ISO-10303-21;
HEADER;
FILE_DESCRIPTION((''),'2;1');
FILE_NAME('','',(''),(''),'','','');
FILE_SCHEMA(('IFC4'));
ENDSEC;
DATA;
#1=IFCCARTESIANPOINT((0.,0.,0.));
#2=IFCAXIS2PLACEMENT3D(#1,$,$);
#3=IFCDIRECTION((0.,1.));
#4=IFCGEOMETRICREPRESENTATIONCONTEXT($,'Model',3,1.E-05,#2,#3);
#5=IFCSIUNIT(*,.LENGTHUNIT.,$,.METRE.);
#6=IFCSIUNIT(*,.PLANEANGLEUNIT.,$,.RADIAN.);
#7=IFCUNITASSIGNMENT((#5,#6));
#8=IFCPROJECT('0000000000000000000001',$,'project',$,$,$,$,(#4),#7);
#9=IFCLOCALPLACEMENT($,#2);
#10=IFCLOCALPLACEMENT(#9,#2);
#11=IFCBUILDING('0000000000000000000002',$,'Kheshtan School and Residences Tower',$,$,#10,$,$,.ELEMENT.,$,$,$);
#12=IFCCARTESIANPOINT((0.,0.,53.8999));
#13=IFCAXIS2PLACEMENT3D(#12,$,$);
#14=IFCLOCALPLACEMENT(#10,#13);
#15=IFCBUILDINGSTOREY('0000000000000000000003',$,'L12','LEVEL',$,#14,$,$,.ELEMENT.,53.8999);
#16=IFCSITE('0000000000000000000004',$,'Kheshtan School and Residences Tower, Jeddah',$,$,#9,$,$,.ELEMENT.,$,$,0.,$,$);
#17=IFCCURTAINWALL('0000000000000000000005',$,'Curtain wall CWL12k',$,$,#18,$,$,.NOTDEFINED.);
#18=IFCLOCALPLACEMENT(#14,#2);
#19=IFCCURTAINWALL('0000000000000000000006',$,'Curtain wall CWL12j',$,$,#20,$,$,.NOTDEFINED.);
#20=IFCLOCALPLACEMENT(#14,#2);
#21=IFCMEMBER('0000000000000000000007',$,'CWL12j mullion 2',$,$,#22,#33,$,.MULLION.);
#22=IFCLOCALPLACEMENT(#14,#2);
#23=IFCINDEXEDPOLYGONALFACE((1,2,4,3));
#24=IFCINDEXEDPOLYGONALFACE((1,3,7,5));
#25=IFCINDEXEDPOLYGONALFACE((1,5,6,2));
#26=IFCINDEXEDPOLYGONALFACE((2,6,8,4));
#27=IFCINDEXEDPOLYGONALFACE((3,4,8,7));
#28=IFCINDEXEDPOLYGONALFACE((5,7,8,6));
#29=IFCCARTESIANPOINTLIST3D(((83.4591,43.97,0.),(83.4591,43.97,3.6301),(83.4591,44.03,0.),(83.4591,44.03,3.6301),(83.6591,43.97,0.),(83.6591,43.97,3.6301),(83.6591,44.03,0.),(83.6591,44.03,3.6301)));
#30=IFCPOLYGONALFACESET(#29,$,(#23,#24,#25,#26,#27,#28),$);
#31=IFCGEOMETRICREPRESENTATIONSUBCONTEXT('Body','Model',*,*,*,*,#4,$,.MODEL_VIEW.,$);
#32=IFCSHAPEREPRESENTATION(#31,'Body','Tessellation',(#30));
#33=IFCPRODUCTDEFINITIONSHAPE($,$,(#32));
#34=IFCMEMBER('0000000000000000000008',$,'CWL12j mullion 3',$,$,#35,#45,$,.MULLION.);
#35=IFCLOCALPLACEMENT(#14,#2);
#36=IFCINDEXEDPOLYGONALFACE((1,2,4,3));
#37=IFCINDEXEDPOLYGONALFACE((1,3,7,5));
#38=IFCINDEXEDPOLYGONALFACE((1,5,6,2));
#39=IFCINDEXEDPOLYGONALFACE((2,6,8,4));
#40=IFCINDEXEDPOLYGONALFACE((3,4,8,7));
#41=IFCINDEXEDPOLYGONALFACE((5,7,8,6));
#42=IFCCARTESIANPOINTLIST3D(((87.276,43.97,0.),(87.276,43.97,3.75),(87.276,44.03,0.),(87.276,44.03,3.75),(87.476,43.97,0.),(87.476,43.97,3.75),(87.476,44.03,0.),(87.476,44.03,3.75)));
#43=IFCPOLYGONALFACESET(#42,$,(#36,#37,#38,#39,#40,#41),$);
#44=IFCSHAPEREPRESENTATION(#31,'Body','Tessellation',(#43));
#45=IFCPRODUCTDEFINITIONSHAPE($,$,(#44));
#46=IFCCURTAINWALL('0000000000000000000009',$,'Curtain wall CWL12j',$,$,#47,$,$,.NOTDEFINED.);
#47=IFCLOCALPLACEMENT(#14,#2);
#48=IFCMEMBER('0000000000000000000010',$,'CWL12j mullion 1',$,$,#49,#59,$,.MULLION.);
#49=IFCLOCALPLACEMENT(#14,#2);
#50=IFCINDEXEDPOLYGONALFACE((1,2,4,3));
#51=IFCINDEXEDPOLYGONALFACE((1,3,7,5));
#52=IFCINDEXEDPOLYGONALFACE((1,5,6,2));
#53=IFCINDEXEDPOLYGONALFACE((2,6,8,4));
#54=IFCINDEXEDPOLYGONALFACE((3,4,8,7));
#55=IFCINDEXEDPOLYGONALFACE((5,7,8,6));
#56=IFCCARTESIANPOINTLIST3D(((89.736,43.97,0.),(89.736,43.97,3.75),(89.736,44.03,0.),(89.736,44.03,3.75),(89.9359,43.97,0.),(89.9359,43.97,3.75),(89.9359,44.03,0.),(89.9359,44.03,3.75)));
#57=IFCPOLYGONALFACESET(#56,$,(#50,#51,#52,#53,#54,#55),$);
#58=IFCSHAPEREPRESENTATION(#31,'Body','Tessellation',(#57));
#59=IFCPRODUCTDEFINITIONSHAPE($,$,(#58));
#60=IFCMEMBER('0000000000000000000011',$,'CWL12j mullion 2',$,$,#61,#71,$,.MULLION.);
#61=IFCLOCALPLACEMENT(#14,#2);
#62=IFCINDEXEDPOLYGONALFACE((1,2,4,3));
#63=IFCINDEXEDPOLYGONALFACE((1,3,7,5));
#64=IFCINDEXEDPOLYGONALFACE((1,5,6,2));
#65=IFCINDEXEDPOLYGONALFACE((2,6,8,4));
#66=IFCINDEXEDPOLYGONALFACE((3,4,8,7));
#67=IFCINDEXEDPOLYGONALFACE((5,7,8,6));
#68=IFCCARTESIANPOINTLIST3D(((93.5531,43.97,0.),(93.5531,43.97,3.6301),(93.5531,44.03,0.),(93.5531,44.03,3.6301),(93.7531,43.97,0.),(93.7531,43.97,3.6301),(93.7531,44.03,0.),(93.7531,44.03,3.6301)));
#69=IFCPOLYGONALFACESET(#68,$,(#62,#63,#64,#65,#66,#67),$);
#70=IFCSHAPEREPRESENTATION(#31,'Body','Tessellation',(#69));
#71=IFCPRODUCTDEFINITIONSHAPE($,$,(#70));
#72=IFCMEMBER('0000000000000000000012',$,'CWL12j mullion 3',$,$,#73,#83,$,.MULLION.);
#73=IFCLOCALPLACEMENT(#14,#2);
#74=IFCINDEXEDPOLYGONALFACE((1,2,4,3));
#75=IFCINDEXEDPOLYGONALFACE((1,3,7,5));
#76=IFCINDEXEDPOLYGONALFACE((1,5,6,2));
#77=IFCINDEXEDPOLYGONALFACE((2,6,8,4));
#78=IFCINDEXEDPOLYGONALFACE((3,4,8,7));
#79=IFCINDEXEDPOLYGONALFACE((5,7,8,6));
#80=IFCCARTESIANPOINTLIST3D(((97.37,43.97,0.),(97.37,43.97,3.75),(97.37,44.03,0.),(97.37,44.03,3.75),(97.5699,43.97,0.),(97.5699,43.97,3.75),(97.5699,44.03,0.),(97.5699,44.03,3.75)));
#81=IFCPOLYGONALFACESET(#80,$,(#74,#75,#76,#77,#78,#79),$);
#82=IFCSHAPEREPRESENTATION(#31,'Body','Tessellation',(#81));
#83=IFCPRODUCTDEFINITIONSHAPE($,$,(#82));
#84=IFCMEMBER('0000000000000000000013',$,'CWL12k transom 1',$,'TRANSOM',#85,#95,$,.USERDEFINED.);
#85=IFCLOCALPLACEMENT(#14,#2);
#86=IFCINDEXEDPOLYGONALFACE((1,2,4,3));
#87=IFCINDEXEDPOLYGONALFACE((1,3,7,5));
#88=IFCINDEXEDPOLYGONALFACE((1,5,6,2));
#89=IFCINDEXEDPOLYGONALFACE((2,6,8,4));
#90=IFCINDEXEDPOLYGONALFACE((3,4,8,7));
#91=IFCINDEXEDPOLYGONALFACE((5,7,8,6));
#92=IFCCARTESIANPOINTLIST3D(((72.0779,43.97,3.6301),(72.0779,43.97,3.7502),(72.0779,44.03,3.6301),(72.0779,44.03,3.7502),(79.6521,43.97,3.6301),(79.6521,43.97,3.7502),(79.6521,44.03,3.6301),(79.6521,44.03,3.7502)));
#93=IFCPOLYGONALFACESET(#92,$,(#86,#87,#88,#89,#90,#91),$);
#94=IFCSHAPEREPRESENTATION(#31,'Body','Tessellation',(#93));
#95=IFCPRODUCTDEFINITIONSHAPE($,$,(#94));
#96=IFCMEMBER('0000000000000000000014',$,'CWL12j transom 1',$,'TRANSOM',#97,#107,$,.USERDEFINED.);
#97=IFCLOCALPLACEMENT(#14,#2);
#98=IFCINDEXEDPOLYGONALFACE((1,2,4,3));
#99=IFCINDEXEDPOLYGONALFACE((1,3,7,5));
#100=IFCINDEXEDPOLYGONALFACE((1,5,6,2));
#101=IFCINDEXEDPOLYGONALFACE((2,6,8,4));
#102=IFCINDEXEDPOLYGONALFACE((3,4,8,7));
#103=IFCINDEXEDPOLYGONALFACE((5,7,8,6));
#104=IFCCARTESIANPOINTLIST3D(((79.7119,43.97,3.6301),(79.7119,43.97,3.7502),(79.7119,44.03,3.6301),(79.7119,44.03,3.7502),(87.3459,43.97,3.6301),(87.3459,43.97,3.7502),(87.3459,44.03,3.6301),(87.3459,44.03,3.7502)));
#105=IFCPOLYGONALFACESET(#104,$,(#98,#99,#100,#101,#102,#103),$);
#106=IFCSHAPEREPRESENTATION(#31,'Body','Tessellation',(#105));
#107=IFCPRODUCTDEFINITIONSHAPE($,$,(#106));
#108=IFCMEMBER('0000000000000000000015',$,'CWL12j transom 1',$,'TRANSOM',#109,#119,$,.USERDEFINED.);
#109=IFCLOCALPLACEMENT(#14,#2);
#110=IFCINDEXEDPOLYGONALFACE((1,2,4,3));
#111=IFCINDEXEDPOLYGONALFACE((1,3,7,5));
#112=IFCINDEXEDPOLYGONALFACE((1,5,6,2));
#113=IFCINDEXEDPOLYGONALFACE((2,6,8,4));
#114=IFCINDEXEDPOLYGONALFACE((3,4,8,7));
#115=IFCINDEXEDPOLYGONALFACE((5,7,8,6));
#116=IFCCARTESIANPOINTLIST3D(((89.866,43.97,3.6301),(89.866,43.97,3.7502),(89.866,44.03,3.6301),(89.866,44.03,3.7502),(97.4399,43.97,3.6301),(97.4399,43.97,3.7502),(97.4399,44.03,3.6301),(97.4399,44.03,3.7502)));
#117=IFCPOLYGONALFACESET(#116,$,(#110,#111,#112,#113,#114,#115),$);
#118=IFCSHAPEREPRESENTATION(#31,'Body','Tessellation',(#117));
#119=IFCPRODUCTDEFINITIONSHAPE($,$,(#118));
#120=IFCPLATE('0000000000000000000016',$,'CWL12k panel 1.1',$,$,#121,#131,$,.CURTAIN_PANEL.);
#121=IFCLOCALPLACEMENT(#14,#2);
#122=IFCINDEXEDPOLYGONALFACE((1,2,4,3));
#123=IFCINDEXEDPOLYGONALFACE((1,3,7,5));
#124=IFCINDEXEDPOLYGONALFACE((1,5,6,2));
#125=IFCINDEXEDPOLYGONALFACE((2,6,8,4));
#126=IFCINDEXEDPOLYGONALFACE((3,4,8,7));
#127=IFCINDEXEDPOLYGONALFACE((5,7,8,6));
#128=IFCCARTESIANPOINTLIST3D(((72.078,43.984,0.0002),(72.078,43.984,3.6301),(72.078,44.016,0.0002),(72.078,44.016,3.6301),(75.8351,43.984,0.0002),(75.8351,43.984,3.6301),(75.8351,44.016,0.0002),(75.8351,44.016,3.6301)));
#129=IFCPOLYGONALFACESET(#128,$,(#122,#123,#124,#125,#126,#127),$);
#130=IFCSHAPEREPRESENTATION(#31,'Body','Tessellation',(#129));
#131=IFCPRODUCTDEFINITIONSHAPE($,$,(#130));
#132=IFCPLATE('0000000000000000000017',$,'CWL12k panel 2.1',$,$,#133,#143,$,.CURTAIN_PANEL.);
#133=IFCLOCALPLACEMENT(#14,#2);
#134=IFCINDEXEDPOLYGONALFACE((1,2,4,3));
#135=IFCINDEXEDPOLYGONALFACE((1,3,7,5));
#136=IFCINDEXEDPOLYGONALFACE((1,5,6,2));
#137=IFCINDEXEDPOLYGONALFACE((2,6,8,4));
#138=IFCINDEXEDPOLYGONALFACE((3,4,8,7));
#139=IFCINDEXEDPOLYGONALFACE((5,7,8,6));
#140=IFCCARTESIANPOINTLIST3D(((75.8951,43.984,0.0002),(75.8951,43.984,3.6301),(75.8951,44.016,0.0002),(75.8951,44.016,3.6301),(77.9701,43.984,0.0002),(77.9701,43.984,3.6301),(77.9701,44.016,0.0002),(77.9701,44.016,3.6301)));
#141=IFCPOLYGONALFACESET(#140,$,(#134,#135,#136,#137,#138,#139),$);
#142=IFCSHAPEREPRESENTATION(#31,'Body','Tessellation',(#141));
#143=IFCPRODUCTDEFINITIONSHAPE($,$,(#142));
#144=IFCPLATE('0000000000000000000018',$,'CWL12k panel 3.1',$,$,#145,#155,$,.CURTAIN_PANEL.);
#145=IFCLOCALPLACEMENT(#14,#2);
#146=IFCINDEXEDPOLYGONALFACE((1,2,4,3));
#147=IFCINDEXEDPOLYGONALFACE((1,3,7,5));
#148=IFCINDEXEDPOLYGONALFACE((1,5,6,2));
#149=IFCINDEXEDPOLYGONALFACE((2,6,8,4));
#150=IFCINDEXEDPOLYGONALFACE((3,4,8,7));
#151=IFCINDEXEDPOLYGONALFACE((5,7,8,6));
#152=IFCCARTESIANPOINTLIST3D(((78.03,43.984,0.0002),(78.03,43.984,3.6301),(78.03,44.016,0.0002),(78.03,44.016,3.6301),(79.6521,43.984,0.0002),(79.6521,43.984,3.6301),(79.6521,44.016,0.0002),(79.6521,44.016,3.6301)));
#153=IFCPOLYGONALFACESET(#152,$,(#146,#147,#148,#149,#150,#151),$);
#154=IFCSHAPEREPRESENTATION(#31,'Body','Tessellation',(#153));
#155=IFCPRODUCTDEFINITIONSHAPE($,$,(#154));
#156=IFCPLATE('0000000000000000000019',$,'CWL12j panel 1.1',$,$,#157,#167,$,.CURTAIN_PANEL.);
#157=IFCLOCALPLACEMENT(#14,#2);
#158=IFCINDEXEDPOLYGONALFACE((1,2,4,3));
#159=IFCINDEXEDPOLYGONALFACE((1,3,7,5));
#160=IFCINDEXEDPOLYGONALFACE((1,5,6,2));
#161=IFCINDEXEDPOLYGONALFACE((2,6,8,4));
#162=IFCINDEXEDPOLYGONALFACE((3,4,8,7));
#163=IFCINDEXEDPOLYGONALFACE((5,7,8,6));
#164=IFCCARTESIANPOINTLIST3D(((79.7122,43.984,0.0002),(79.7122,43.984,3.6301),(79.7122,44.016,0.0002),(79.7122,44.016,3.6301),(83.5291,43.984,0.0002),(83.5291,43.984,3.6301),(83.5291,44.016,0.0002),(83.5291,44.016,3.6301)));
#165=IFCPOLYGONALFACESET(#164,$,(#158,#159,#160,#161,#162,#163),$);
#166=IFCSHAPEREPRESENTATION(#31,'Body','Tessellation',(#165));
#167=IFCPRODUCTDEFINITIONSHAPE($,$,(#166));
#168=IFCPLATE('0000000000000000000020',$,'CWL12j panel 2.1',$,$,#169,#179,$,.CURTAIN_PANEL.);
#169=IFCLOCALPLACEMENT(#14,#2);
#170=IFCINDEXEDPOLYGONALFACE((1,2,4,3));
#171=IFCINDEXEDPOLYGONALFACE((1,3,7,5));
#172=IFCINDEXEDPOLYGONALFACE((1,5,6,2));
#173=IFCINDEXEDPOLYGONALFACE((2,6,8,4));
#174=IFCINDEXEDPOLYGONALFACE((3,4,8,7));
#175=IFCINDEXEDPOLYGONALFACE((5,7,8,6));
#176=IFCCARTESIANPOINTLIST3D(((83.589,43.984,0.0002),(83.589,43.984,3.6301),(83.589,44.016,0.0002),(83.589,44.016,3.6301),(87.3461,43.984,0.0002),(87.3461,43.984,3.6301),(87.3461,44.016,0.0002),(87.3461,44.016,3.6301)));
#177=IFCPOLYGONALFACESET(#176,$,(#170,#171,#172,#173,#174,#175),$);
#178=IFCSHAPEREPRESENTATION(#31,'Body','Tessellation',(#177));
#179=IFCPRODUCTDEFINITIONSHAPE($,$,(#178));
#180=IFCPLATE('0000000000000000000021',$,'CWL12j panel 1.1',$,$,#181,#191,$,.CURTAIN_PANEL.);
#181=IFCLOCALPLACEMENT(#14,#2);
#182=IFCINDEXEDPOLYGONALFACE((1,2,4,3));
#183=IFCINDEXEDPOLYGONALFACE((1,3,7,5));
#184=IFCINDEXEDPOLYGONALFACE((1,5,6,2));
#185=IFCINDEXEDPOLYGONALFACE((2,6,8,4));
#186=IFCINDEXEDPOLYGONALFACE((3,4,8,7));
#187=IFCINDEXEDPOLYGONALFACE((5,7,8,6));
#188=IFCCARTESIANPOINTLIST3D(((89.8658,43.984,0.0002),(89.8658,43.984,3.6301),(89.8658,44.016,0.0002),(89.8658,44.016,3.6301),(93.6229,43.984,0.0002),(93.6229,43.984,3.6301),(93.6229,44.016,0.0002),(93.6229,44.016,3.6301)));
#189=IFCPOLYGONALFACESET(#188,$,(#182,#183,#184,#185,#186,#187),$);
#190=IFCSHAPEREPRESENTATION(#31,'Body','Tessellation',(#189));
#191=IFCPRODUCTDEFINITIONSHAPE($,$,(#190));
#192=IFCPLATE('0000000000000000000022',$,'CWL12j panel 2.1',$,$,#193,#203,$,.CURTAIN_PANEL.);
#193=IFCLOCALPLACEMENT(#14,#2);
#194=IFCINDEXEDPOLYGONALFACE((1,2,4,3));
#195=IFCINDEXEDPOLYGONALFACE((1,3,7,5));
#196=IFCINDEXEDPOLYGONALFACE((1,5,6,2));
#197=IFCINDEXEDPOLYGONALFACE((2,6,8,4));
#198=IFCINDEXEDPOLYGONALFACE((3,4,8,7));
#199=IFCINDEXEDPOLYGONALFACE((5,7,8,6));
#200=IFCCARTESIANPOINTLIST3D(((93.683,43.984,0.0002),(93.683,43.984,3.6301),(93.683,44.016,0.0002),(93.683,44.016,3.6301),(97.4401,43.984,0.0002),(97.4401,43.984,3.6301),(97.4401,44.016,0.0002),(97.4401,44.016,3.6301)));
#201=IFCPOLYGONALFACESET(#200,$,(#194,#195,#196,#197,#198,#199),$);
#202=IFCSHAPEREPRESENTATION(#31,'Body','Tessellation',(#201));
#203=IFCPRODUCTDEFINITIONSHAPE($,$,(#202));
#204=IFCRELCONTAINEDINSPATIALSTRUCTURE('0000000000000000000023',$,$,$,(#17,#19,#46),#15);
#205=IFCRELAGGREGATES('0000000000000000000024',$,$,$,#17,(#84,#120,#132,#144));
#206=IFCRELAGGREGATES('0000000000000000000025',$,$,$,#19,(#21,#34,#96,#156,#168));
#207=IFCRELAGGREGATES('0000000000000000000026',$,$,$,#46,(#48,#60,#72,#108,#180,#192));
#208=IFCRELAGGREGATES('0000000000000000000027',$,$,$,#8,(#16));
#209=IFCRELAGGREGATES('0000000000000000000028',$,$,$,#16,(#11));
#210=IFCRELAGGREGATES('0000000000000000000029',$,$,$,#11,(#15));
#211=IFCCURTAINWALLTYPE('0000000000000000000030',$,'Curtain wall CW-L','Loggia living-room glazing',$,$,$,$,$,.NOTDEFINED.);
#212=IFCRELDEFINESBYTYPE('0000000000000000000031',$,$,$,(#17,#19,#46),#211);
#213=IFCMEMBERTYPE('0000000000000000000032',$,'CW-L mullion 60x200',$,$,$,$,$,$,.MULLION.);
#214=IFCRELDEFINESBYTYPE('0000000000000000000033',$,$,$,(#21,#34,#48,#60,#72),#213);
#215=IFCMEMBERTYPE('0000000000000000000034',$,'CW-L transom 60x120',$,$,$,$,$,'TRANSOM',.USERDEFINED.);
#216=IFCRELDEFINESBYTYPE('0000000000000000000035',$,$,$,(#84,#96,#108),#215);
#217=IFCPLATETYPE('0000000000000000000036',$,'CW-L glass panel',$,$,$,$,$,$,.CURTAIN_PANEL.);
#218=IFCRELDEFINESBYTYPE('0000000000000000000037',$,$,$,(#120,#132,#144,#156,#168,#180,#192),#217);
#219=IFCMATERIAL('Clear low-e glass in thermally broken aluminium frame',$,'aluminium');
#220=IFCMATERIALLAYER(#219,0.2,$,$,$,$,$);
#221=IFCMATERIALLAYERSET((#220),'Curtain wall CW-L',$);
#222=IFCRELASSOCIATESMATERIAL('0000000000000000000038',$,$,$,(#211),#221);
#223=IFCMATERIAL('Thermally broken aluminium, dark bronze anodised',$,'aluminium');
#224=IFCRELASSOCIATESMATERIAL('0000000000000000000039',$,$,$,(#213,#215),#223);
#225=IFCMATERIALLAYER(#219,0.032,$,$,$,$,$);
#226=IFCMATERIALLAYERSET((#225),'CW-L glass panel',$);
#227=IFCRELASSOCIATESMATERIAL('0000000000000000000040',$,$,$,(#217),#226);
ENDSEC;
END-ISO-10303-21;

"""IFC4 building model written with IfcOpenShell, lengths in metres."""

from ifc_helpers import new_model, si_unit, direction, frame, origin, origin_2d, place, context, subcontext, project, spatial, rectangle, extrude, material, layer, layer_set, material_profile, profile_set, type_object, element, aggregate, save


model = new_model("IFC4")

# Units and contexts
model_context = context("Model", 3, precision=1e-05, world=origin(), true_north=direction((0.0, 1.0)))
body_context = subcontext(model_context, "Body", "Model", "MODEL_VIEW")
ifc_project = project(units=[si_unit("LENGTHUNIT", "METRE"), si_unit("PLANEANGLEUNIT", "RADIAN")], contexts=[model_context])

# Site, building, storey
site_placement = place(None, origin())
site = spatial("IfcSite", under=ifc_project, at=site_placement, Name="Kheshtan School and Residences Tower, Jeddah", CompositionType="ELEMENT", RefElevation=0.0)
building_placement = place(site_placement, origin())
building = spatial("IfcBuilding", under=site, at=building_placement, Name="Kheshtan School and Residences Tower", CompositionType="ELEMENT")
storey_placement = place(building_placement, frame((0.0, 0.0, 53.8999)))
storey = spatial("IfcBuildingStorey", under=building, at=storey_placement, Name="L12", Description="LEVEL", CompositionType="ELEMENT", Elevation=53.8999)

# Curtain walls, members
ifc_material_1 = material(Name="Clear low-e glass in thermally broken aluminium frame", Category="aluminium")
ifc_layer_1 = layer(ifc_material_1, 0.2)
ifc_layer_set_1 = layer_set([ifc_layer_1], Name="Curtain wall CW-L")
curtain_wall_type = type_object("IfcCurtainWallType", Name="Curtain wall CW-L", Description="Loggia living-room glazing", PredefinedType="NOTDEFINED", material=ifc_layer_set_1)
curtain_wall_1_placement = place(storey_placement, origin())
curtain_wall_1 = element("IfcCurtainWall", 1, at=curtain_wall_1_placement, inside=storey, type_object=curtain_wall_type, Name="Curtain wall CWL12k", PredefinedType="NOTDEFINED")
ifc_material_2 = material(Name="Thermally broken aluminium, dark bronze anodised", Category="aluminium")
ifc_material_profile_1 = material_profile(ifc_material_2, rectangle(XDim=0.0601, YDim=0.2, at=origin_2d()), Name="CW-L mullion 60x200")
ifc_profile_set_1 = profile_set([ifc_material_profile_1], Name="Thermally broken aluminium, dark bronze anodised")
member_type_1 = type_object("IfcMemberType", Name="CW-L mullion 60x200", PredefinedType="MULLION", material=ifc_profile_set_1)
curtain_wall_2_placement = place(storey_placement, origin())
curtain_wall_2 = element("IfcCurtainWall", 2, at=curtain_wall_2_placement, inside=storey, type_object=curtain_wall_type, Name="Curtain wall CWL12j", PredefinedType="NOTDEFINED")
member_1_placement = place(storey_placement, frame((83.5591, 44.0, 0.0), z_axis=(0.0, 0.0, 1.0), x_axis=(0.0, 1.0, 0.0)))
member_1 = element("IfcMember", 3, at=member_1_placement, type_object=member_type_1, Name="CWL12j mullion 2", PredefinedType="MULLION", context=body_context, shape_type="SweptSolid", body=[
    extrude(rectangle(XDim=0.0601, YDim=0.2, at=origin_2d()), origin(), (0.0, 0.0, 1.0), 3.6301),
])
member_2_placement = place(storey_placement, frame((87.376, 44.0, 0.0), z_axis=(0.0, 0.0, 1.0), x_axis=(0.0, 1.0, 0.0)))
member_2 = element("IfcMember", 4, at=member_2_placement, type_object=member_type_1, Name="CWL12j mullion 3", PredefinedType="MULLION", context=body_context, shape_type="SweptSolid", body=[
    extrude(rectangle(XDim=0.0601, YDim=0.2, at=origin_2d()), origin(), (0.0, 0.0, 1.0), 3.75),
])
curtain_wall_3_placement = place(storey_placement, origin())
curtain_wall_3 = element("IfcCurtainWall", 5, at=curtain_wall_3_placement, inside=storey, type_object=curtain_wall_type, Name="Curtain wall CWL12j", PredefinedType="NOTDEFINED")
member_3_placement = place(storey_placement, frame((89.8359, 44.0, 0.0), z_axis=(0.0, 0.0, 1.0), x_axis=(0.0, 1.0, 0.0)))
member_3 = element("IfcMember", 6, at=member_3_placement, type_object=member_type_1, Name="CWL12j mullion 1", PredefinedType="MULLION", context=body_context, shape_type="SweptSolid", body=[
    extrude(rectangle(XDim=0.0601, YDim=0.2, at=origin_2d()), origin(), (0.0, 0.0, 1.0), 3.75),
])
member_4_placement = place(storey_placement, frame((93.6531, 44.0, 0.0), z_axis=(0.0, 0.0, 1.0), x_axis=(0.0, 1.0, 0.0)))
member_4 = element("IfcMember", 7, at=member_4_placement, type_object=member_type_1, Name="CWL12j mullion 2", PredefinedType="MULLION", context=body_context, shape_type="SweptSolid", body=[
    extrude(rectangle(XDim=0.0601, YDim=0.2, at=origin_2d()), origin(), (0.0, 0.0, 1.0), 3.6301),
])
member_5_placement = place(storey_placement, frame((97.47, 44.0, 0.0), z_axis=(0.0, 0.0, 1.0), x_axis=(0.0, 1.0, 0.0)))
member_5 = element("IfcMember", 8, at=member_5_placement, type_object=member_type_1, Name="CWL12j mullion 3", PredefinedType="MULLION", context=body_context, shape_type="SweptSolid", body=[
    extrude(rectangle(XDim=0.0601, YDim=0.2, at=origin_2d()), origin(), (0.0, 0.0, 1.0), 3.75),
])

# Members
ifc_material_profile_2 = material_profile(ifc_material_2, rectangle(XDim=0.0601, YDim=0.1201, at=origin_2d()), Name="CW-L transom 60x120")
ifc_profile_set_2 = profile_set([ifc_material_profile_2], Name="Thermally broken aluminium, dark bronze anodised")
member_type_2 = type_object("IfcMemberType", Name="CW-L transom 60x120", ElementType="TRANSOM", PredefinedType="USERDEFINED", material=ifc_profile_set_2)
member_6_placement = place(storey_placement, frame((72.0779, 44.0, 3.6902), z_axis=(1.0, 0.0, 0.0), x_axis=(0.0, 1.0, 0.0)))
member_6 = element("IfcMember", 9, at=member_6_placement, type_object=member_type_2, Name="CWL12k transom 1", ObjectType="TRANSOM", PredefinedType="USERDEFINED", context=body_context, shape_type="SweptSolid", body=[
    extrude(rectangle(XDim=0.0601, YDim=0.1201, at=origin_2d()), origin(), (0.0, 0.0, 1.0), 7.5742),
])
member_7_placement = place(storey_placement, frame((79.7119, 44.0, 3.6902), z_axis=(1.0, 0.0, 0.0), x_axis=(0.0, 1.0, 0.0)))
member_7 = element("IfcMember", 10, at=member_7_placement, type_object=member_type_2, Name="CWL12j transom 1", ObjectType="TRANSOM", PredefinedType="USERDEFINED", context=body_context, shape_type="SweptSolid", body=[
    extrude(rectangle(XDim=0.0601, YDim=0.1201, at=origin_2d()), origin(), (0.0, 0.0, 1.0), 7.634),
])
member_8_placement = place(storey_placement, frame((89.866, 44.0, 3.6902), z_axis=(1.0, 0.0, 0.0), x_axis=(0.0, 1.0, 0.0)))
member_8 = element("IfcMember", 11, at=member_8_placement, type_object=member_type_2, Name="CWL12j transom 1", ObjectType="TRANSOM", PredefinedType="USERDEFINED", context=body_context, shape_type="SweptSolid", body=[
    extrude(rectangle(XDim=0.0601, YDim=0.1201, at=origin_2d()), origin(), (0.0, 0.0, 1.0), 7.574),
])

# Plates
ifc_layer_2 = layer(ifc_material_1, 0.032)
ifc_layer_set_2 = layer_set([ifc_layer_2], Name="CW-L glass panel")
plate_type = type_object("IfcPlateType", Name="CW-L glass panel", PredefinedType="CURTAIN_PANEL", material=ifc_layer_set_2)
plate_1_placement = place(storey_placement, frame((73.9565, 44.0, 0.0002), z_axis=(0.0, 0.0, 1.0), x_axis=(1.0, 0.0, 0.0)))
plate_1 = element("IfcPlate", 12, at=plate_1_placement, type_object=plate_type, Name="CWL12k panel 1.1", PredefinedType="CURTAIN_PANEL", context=body_context, shape_type="SweptSolid", body=[
    extrude(rectangle(XDim=3.7571, YDim=0.032, at=origin_2d()), origin(), (0.0, 0.0, 1.0), 3.6299),
])
plate_2_placement = place(storey_placement, frame((76.9326, 44.0, 0.0002), z_axis=(0.0, 0.0, 1.0), x_axis=(1.0, 0.0, 0.0)))
plate_2 = element("IfcPlate", 13, at=plate_2_placement, type_object=plate_type, Name="CWL12k panel 2.1", PredefinedType="CURTAIN_PANEL", context=body_context, shape_type="SweptSolid", body=[
    extrude(rectangle(XDim=2.075, YDim=0.032, at=origin_2d()), origin(), (0.0, 0.0, 1.0), 3.6299),
])
plate_3_placement = place(storey_placement, frame((78.8411, 44.0, 0.0002), z_axis=(0.0, 0.0, 1.0), x_axis=(1.0, 0.0, 0.0)))
plate_3 = element("IfcPlate", 14, at=plate_3_placement, type_object=plate_type, Name="CWL12k panel 3.1", PredefinedType="CURTAIN_PANEL", context=body_context, shape_type="SweptSolid", body=[
    extrude(rectangle(XDim=1.6221, YDim=0.032, at=origin_2d()), origin(), (0.0, 0.0, 1.0), 3.6299),
])
aggregate(curtain_wall_1, [member_6, plate_1, plate_2, plate_3])
plate_4_placement = place(storey_placement, frame((81.6206, 44.0, 0.0002), z_axis=(0.0, 0.0, 1.0), x_axis=(1.0, 0.0, 0.0)))
plate_4 = element("IfcPlate", 15, at=plate_4_placement, type_object=plate_type, Name="CWL12j panel 1.1", PredefinedType="CURTAIN_PANEL", context=body_context, shape_type="SweptSolid", body=[
    extrude(rectangle(XDim=3.8169, YDim=0.032, at=origin_2d()), origin(), (0.0, 0.0, 1.0), 3.6299),
])
plate_5_placement = place(storey_placement, frame((85.4675, 44.0, 0.0002), z_axis=(0.0, 0.0, 1.0), x_axis=(1.0, 0.0, 0.0)))
plate_5 = element("IfcPlate", 16, at=plate_5_placement, type_object=plate_type, Name="CWL12j panel 2.1", PredefinedType="CURTAIN_PANEL", context=body_context, shape_type="SweptSolid", body=[
    extrude(rectangle(XDim=3.7571, YDim=0.032, at=origin_2d()), origin(), (0.0, 0.0, 1.0), 3.6299),
])
aggregate(curtain_wall_2, [member_1, member_2, member_7, plate_4, plate_5])
plate_6_placement = place(storey_placement, frame((91.7444, 44.0, 0.0002), z_axis=(0.0, 0.0, 1.0), x_axis=(1.0, 0.0, 0.0)))
plate_6 = element("IfcPlate", 17, at=plate_6_placement, type_object=plate_type, Name="CWL12j panel 1.1", PredefinedType="CURTAIN_PANEL", context=body_context, shape_type="SweptSolid", body=[
    extrude(rectangle(XDim=3.7571, YDim=0.032, at=origin_2d()), origin(), (0.0, 0.0, 1.0), 3.6299),
])
plate_7_placement = place(storey_placement, frame((95.5615, 44.0, 0.0002), z_axis=(0.0, 0.0, 1.0), x_axis=(1.0, 0.0, 0.0)))
plate_7 = element("IfcPlate", 18, at=plate_7_placement, type_object=plate_type, Name="CWL12j panel 2.1", PredefinedType="CURTAIN_PANEL", context=body_context, shape_type="SweptSolid", body=[
    extrude(rectangle(XDim=3.7571, YDim=0.032, at=origin_2d()), origin(), (0.0, 0.0, 1.0), 3.6299),
])
aggregate(curtain_wall_3, [member_3, member_4, member_5, member_8, plate_6, plate_7])

save(model, "model.ifc")
